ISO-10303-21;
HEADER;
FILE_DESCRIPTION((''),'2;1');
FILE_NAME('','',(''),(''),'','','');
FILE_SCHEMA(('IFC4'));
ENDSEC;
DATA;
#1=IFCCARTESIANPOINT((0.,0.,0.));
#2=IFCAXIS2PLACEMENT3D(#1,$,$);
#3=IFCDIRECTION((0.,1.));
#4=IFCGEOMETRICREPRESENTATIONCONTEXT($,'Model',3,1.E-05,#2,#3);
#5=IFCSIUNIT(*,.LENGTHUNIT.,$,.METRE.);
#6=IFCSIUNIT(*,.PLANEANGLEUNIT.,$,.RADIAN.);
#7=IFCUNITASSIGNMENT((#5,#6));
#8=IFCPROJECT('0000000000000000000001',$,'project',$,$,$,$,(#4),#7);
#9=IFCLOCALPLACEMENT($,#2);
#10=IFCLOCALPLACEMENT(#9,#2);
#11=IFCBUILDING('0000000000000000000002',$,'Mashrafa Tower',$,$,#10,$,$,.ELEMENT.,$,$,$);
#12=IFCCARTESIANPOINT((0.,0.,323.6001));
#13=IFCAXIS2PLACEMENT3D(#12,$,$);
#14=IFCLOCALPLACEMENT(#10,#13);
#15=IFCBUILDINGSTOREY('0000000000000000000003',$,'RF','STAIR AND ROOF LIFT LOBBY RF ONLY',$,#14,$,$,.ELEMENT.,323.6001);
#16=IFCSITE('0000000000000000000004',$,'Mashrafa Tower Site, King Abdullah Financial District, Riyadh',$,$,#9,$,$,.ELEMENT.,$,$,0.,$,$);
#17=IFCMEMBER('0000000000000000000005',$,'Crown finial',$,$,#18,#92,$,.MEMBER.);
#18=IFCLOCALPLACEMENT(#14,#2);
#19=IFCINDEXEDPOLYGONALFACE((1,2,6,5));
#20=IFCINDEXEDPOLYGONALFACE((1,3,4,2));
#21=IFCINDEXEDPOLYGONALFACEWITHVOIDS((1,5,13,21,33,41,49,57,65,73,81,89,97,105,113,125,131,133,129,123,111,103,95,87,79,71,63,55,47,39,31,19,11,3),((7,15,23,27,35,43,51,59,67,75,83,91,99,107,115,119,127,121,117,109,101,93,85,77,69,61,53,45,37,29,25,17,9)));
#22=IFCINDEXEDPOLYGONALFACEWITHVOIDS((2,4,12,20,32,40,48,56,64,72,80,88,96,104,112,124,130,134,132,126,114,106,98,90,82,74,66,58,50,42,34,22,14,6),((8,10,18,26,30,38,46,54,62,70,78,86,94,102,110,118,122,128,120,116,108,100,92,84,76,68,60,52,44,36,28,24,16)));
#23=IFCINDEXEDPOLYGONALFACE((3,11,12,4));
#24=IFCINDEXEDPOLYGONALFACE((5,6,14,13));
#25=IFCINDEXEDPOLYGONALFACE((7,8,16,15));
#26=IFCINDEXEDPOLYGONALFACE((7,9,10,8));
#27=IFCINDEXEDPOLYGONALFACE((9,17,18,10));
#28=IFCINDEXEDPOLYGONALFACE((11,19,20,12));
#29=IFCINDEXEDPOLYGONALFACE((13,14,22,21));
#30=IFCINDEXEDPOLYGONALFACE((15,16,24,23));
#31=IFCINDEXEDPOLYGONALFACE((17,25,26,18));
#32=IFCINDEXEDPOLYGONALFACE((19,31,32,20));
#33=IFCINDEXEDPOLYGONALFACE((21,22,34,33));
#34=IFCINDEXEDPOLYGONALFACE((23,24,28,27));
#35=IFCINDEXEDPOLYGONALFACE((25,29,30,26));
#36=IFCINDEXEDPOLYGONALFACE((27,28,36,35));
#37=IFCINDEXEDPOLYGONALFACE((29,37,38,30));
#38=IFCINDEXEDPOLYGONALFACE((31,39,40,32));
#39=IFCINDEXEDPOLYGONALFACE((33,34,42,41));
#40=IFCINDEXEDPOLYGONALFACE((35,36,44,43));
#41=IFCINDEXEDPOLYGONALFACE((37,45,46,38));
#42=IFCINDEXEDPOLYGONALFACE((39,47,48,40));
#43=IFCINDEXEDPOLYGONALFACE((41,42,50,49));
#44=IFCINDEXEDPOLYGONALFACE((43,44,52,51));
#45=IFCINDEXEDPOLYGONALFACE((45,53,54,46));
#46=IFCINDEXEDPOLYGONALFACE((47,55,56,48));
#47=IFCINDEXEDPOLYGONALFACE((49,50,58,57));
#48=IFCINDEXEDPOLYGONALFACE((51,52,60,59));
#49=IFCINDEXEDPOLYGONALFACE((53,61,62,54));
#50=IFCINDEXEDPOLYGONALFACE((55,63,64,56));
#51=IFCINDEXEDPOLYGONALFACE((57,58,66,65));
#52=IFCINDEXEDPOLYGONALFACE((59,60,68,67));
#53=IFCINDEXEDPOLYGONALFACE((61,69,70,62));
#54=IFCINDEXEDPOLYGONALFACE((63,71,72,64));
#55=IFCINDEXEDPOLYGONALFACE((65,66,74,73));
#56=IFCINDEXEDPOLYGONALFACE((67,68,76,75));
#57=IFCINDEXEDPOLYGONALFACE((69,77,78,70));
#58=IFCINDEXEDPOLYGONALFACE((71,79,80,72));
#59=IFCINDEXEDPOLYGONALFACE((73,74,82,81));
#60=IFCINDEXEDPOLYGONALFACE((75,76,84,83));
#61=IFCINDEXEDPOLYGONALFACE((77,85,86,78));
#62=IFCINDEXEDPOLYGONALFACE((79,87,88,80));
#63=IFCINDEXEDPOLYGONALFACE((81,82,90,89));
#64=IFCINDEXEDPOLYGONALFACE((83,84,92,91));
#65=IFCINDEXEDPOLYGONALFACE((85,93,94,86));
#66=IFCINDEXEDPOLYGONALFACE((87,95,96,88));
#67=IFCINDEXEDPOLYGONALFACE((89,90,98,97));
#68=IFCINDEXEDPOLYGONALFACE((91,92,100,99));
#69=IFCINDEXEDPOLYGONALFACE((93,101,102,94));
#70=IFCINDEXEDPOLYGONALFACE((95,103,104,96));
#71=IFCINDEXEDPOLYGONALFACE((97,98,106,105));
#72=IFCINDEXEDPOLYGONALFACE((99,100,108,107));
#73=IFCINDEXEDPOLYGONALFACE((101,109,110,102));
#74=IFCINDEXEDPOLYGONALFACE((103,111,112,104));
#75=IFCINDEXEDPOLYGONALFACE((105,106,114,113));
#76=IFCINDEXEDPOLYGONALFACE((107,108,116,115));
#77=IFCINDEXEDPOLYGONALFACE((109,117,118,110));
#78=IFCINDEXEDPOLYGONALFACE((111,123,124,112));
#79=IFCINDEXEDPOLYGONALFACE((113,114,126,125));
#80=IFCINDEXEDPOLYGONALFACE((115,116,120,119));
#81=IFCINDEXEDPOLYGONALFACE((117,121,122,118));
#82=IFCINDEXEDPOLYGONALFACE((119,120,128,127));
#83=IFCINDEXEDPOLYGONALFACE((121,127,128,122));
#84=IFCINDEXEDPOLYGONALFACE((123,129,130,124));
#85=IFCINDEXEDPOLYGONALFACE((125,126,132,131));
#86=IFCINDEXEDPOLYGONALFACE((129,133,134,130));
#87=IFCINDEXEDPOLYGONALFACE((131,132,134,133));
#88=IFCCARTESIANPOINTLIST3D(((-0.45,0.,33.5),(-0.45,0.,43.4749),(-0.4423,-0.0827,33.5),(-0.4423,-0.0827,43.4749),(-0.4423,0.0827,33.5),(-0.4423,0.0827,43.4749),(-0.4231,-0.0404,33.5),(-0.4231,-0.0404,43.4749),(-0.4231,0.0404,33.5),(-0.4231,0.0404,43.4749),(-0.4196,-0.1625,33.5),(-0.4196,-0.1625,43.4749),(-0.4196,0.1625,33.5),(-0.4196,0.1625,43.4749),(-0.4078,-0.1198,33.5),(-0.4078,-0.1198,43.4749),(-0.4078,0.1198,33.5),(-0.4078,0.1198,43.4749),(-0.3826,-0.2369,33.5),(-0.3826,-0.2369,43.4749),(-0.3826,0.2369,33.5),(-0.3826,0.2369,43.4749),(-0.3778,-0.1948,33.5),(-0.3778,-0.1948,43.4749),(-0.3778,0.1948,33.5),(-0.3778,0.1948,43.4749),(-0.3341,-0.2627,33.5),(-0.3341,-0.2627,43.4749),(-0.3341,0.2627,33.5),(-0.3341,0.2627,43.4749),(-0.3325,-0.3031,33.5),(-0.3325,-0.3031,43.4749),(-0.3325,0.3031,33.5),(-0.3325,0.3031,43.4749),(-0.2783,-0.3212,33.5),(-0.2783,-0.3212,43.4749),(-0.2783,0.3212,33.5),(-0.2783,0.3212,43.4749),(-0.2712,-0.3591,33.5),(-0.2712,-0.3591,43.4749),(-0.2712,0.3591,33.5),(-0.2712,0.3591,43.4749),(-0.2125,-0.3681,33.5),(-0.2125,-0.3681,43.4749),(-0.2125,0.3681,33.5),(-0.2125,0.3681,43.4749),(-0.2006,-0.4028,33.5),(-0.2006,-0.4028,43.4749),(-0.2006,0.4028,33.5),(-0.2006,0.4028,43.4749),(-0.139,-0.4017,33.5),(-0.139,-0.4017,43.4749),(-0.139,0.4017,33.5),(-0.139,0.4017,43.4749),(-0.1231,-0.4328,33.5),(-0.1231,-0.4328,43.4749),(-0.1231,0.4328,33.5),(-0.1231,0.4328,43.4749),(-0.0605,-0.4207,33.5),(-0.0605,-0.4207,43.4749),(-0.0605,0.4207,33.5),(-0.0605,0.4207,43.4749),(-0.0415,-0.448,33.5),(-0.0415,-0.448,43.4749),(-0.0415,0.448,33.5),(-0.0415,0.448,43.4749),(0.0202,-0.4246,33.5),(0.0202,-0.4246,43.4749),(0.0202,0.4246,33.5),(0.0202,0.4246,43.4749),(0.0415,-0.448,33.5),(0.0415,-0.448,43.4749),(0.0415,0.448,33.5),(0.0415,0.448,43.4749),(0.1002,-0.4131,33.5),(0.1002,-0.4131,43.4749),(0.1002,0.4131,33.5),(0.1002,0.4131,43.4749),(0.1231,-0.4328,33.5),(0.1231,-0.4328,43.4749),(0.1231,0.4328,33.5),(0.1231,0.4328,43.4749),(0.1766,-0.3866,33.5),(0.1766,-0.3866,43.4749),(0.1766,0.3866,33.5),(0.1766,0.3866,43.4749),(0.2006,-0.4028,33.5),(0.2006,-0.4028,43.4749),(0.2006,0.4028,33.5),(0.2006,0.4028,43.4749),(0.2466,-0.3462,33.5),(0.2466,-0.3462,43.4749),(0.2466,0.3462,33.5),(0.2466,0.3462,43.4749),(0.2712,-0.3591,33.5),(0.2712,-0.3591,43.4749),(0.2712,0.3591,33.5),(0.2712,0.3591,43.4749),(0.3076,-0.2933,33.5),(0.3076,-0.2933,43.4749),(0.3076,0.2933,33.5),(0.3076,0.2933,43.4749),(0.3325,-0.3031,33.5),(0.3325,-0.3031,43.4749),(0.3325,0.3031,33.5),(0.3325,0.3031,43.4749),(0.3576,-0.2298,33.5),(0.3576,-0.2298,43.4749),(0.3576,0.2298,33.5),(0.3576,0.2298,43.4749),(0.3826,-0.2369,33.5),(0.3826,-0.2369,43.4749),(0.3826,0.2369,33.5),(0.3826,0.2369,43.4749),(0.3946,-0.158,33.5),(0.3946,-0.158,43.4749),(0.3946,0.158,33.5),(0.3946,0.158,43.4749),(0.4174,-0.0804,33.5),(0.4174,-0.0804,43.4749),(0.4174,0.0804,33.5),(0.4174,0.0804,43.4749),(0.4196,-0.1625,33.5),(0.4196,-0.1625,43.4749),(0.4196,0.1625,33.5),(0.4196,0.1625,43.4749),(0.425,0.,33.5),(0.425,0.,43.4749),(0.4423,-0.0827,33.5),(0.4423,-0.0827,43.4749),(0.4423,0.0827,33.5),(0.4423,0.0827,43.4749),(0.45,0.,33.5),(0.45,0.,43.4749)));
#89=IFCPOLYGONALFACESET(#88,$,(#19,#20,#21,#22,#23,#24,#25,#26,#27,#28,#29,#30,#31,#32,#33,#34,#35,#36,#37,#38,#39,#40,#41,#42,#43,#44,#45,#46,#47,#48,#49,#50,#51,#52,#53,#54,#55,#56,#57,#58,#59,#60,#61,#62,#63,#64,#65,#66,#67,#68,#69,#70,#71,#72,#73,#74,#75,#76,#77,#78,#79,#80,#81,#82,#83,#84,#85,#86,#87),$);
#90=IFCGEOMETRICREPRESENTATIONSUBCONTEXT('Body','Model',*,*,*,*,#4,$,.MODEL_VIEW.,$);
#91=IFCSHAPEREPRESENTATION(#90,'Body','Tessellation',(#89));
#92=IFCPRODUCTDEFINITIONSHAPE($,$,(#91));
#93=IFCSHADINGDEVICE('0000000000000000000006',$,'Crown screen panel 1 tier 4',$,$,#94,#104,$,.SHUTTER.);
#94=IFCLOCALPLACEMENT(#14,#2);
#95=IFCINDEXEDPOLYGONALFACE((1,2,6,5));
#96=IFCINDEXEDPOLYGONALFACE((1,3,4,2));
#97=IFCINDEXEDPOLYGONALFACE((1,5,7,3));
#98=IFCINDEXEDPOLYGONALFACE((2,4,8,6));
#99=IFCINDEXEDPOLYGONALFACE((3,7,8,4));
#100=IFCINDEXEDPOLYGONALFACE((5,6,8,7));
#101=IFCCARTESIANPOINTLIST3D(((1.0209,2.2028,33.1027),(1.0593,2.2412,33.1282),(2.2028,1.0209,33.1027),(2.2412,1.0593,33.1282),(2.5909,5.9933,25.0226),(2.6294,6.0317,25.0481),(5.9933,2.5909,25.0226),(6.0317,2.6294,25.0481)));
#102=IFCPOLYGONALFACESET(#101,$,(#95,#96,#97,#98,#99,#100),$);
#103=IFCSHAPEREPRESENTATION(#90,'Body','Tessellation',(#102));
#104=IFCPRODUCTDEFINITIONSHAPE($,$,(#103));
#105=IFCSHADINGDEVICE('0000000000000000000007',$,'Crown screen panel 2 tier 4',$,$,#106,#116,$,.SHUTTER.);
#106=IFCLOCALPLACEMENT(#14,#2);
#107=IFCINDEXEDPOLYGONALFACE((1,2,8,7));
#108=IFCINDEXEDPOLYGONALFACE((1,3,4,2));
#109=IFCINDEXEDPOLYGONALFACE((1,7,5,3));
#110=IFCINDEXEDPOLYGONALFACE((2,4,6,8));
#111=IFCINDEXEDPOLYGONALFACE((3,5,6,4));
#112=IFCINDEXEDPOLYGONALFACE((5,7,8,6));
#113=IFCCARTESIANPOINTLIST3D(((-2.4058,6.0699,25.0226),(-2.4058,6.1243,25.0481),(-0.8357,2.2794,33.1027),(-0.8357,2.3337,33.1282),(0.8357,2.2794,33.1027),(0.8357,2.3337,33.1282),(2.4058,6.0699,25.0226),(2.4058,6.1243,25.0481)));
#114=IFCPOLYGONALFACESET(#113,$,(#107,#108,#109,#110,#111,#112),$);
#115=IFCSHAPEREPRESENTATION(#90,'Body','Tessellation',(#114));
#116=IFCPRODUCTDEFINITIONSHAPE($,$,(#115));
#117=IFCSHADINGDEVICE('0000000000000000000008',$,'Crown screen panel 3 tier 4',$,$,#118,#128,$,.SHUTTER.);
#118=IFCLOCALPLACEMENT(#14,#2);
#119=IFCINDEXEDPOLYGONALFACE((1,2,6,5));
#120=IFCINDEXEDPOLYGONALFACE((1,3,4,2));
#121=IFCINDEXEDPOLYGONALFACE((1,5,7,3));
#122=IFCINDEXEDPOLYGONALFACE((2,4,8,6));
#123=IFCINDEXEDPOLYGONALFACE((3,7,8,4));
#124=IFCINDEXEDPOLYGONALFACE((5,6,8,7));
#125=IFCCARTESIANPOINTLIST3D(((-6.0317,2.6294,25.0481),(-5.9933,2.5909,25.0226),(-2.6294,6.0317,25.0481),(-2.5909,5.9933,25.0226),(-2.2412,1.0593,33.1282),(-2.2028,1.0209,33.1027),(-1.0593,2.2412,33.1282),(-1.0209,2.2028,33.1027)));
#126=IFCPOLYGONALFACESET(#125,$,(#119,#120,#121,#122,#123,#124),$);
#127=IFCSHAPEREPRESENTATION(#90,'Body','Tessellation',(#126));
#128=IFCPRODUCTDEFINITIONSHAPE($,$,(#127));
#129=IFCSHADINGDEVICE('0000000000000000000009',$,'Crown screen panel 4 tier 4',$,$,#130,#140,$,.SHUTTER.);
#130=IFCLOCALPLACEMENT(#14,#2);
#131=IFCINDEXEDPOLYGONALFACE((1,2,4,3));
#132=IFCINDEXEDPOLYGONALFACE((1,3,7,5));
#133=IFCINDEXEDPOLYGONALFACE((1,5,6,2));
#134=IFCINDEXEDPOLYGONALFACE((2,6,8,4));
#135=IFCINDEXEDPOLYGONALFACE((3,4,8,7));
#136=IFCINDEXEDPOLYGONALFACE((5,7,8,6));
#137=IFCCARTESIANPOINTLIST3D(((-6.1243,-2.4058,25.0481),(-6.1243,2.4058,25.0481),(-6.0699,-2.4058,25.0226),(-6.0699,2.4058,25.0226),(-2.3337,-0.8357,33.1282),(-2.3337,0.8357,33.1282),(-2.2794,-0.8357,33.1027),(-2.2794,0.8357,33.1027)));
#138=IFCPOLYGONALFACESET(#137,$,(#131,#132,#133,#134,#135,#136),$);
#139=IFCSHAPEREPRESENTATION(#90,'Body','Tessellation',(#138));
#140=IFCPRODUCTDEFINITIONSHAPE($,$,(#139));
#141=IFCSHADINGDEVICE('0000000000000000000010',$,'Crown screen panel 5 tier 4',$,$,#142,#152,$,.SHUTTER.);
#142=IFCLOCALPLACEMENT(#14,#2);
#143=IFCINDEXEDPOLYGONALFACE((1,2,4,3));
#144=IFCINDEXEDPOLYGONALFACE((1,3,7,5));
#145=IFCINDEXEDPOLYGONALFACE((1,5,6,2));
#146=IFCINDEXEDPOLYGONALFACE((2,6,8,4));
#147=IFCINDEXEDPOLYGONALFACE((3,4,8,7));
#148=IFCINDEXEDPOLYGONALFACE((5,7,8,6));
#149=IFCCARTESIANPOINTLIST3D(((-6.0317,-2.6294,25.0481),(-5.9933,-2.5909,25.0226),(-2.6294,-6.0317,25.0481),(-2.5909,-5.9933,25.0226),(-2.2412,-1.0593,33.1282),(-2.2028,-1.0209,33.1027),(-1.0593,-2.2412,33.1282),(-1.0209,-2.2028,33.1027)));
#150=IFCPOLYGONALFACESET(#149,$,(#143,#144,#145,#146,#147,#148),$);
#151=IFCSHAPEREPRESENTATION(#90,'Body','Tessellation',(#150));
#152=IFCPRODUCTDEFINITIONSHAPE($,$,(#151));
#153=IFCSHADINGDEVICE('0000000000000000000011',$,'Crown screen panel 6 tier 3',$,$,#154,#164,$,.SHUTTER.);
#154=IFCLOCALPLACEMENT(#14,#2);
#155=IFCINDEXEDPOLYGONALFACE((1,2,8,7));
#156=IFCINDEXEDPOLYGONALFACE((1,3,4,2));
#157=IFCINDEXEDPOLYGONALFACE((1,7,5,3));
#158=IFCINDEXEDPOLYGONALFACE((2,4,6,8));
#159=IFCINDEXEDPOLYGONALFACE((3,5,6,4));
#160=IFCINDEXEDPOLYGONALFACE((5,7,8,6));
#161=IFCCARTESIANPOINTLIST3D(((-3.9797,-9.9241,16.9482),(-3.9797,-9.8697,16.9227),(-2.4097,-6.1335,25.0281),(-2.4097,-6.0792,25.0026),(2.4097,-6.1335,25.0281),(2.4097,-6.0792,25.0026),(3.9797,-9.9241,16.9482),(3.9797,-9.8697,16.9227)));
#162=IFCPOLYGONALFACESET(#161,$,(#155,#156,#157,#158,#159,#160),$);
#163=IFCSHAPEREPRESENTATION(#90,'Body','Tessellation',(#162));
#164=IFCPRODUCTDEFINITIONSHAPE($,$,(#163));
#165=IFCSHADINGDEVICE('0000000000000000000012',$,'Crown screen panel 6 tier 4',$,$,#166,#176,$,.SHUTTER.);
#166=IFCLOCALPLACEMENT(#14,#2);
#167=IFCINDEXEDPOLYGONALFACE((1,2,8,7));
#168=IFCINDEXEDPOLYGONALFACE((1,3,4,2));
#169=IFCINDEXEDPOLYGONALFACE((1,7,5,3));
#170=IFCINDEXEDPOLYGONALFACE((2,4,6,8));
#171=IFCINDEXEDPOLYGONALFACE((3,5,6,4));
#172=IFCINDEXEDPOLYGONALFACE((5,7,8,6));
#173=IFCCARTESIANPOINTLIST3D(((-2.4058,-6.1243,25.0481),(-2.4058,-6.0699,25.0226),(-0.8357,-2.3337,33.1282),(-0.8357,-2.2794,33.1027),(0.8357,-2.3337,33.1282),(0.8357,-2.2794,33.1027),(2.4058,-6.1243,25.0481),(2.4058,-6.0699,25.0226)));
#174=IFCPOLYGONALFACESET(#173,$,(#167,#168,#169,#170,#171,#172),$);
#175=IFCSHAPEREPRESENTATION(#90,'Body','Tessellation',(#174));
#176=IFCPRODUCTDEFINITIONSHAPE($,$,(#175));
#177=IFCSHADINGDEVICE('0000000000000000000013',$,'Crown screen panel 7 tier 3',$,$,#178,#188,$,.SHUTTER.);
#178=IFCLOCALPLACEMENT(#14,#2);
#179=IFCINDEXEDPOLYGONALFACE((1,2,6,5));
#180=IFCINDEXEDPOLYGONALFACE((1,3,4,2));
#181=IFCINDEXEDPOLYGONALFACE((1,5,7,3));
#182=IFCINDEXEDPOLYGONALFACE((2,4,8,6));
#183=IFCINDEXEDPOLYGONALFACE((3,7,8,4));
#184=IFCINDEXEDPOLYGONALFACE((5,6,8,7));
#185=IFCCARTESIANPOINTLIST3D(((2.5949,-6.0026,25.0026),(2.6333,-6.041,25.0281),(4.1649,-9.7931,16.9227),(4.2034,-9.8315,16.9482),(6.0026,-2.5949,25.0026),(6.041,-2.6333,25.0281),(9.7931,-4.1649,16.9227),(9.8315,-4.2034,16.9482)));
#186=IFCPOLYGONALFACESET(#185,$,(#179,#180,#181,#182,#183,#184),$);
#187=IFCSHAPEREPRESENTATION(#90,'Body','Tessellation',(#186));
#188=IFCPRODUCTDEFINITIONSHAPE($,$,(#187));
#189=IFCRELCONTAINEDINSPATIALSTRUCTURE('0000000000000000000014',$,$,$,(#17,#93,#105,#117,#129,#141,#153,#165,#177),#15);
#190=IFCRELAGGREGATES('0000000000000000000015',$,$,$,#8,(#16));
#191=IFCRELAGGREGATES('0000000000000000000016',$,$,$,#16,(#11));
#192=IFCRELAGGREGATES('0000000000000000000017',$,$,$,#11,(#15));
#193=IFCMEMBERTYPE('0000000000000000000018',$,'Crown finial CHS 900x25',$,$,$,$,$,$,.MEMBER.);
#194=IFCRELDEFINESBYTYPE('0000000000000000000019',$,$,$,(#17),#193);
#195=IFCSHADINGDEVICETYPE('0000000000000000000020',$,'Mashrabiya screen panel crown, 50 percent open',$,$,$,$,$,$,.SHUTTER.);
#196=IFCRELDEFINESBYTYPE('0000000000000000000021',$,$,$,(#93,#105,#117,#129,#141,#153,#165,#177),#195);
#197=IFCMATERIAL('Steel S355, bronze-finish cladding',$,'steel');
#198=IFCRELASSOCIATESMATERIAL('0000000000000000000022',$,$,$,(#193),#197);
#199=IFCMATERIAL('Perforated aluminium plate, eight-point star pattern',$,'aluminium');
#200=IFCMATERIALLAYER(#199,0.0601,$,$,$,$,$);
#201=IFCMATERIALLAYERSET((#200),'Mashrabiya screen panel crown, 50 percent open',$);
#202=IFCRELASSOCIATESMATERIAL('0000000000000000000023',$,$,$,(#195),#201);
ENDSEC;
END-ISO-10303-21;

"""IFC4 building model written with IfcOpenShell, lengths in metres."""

from ifc_helpers import new_model, si_unit, direction, frame, origin, origin_2d, place, context, subcontext, project, spatial, polyline, hollow_circle, outline, extrude, source, transform, mapped, material, layer, layer_set, material_profile, profile_set, type_object, type_shapes, element, save


model = new_model("IFC4")

# Units and contexts
model_context = context("Model", 3, precision=1e-05, world=origin(), true_north=direction((0.0, 1.0)))
body_context = subcontext(model_context, "Body", "Model", "MODEL_VIEW")
ifc_project = project(units=[si_unit("LENGTHUNIT", "METRE"), si_unit("PLANEANGLEUNIT", "RADIAN")], contexts=[model_context])

# Site, building, storey
site_placement = place(None, origin())
site = spatial("IfcSite", under=ifc_project, at=site_placement, Name="Mashrafa Tower Site, King Abdullah Financial District, Riyadh", CompositionType="ELEMENT", RefElevation=0.0)
building_placement = place(site_placement, origin())
building = spatial("IfcBuilding", under=site, at=building_placement, Name="Mashrafa Tower", CompositionType="ELEMENT")
storey_placement = place(building_placement, frame((0.0, 0.0, 323.6001)))
storey = spatial("IfcBuildingStorey", under=building, at=storey_placement, Name="RF", Description="STAIR AND ROOF LIFT LOBBY RF ONLY", CompositionType="ELEMENT", Elevation=323.6001)

# Member
ifc_material_1 = material(Name="Steel S355, bronze-finish cladding", Category="steel")
ifc_material_profile_1 = material_profile(ifc_material_1, hollow_circle(Radius=0.45, WallThickness=0.0249, at=origin_2d()), Name="CHS 900x25")
ifc_profile_set_1 = profile_set([ifc_material_profile_1], Name="Steel S355, bronze-finish cladding")
member_type = type_object("IfcMemberType", Name="Crown finial CHS 900x25", PredefinedType="MEMBER", material=ifc_profile_set_1)
shared_shape = source(origin(), body_context, "Body", "SweptSolid", [
    extrude(hollow_circle(Radius=0.45, WallThickness=0.0249, at=origin_2d()), origin(), (0.0, 0.0, 1.0), 9.9749),
])
type_shapes(member_type, [shared_shape])
member_placement = place(storey_placement, frame((0.0, 0.0, 33.5), z_axis=(0.0, 0.0, 1.0), x_axis=(1.0, 0.0, 0.0)))
element("IfcMember", 1, at=member_placement, inside=storey, type_object=member_type, Name="Crown finial", PredefinedType="MEMBER", context=body_context, shape_type="MappedRepresentation", body=[
    mapped(shared_shape, transform((0.0, 0.0, 0.0))),
])

# Shading devices
ifc_material_2 = material(Name="Perforated aluminium plate, eight-point star pattern", Category="aluminium")
ifc_layer = layer(ifc_material_2, 0.0601)
ifc_layer_set = layer_set([ifc_layer], Name="Mashrabiya screen panel crown, 50 percent open")
shading_device_type = type_object("IfcShadingDeviceType", Name="Mashrabiya screen panel crown, 50 percent open", PredefinedType="SHUTTER", material=ifc_layer_set)
shading_device_1_placement = place(storey_placement, frame((6.0317, 2.6294, 25.0481), z_axis=(0.640165, 0.640165, 0.424707), x_axis=(-0.707107, 0.707107, 0.0)))
element("IfcShadingDevice", 2, at=shading_device_1_placement, inside=storey, type_object=shading_device_type, Name="Crown screen panel 1 tier 4", PredefinedType="SHUTTER", context=body_context, shape_type="SweptSolid", body=[
    extrude(outline(polyline([(0.0, 0.0), (4.8116, 0.0), (3.2415, 8.925), (1.5701, 8.925), (0.0, 0.0)])), origin(), (0.0, 0.0, -1.0), 0.0601),
])
shading_device_2_placement = place(storey_placement, frame((2.4058, 6.1243, 25.0481), z_axis=(0.0, 0.90533, 0.424709), x_axis=(-1.0, 0.0, 0.0)))
element("IfcShadingDevice", 3, at=shading_device_2_placement, inside=storey, type_object=shading_device_type, Name="Crown screen panel 2 tier 4", PredefinedType="SHUTTER", context=body_context, shape_type="SweptSolid", body=[
    extrude(outline(polyline([(0.0, 0.0), (4.8115, 0.0), (3.2415, 8.925), (1.5701, 8.925), (0.0, 0.0)])), origin(), (0.0, 0.0, -1.0), 0.0601),
])
shading_device_3_placement = place(storey_placement, frame((-2.6294, 6.0317, 25.0481), z_axis=(-0.640165, 0.640165, 0.424707), x_axis=(-0.707107, -0.707107, 0.0)))
element("IfcShadingDevice", 4, at=shading_device_3_placement, inside=storey, type_object=shading_device_type, Name="Crown screen panel 3 tier 4", PredefinedType="SHUTTER", context=body_context, shape_type="SweptSolid", body=[
    extrude(outline(polyline([(0.0, 0.0), (4.8116, 0.0), (3.2415, 8.925), (1.5701, 8.925), (0.0, 0.0)])), origin(), (0.0, 0.0, -1.0), 0.0601),
])
shading_device_4_placement = place(storey_placement, frame((-6.1243, 2.4058, 25.0481), z_axis=(-0.90533, 0.0, 0.424709), x_axis=(0.0, -1.0, 0.0)))
element("IfcShadingDevice", 5, at=shading_device_4_placement, inside=storey, type_object=shading_device_type, Name="Crown screen panel 4 tier 4", PredefinedType="SHUTTER", context=body_context, shape_type="SweptSolid", body=[
    extrude(outline(polyline([(0.0, 0.0), (4.8115, 0.0), (3.2415, 8.925), (1.5701, 8.925), (0.0, 0.0)])), origin(), (0.0, 0.0, -1.0), 0.0601),
])
shading_device_5_placement = place(storey_placement, frame((-6.0317, -2.6294, 25.0481), z_axis=(-0.640165, -0.640165, 0.424707), x_axis=(0.707107, -0.707107, 0.0)))
element("IfcShadingDevice", 6, at=shading_device_5_placement, inside=storey, type_object=shading_device_type, Name="Crown screen panel 5 tier 4", PredefinedType="SHUTTER", context=body_context, shape_type="SweptSolid", body=[
    extrude(outline(polyline([(0.0, 0.0), (4.8116, 0.0), (3.2415, 8.925), (1.5701, 8.925), (0.0, 0.0)])), origin(), (0.0, 0.0, -1.0), 0.0601),
])
shading_device_6_placement = place(storey_placement, frame((-3.9797, -9.9241, 16.9482), z_axis=(0.0, -0.905325, 0.424719), x_axis=(1.0, 0.0, 0.0)))
element("IfcShadingDevice", 7, at=shading_device_6_placement, inside=storey, type_object=shading_device_type, Name="Crown screen panel 6 tier 3", PredefinedType="SHUTTER", context=body_context, shape_type="SweptSolid", body=[
    extrude(outline(polyline([(0.0, 0.0), (7.9595, 0.0), (6.3894, 8.9248), (1.5701, 8.9248), (0.0, 0.0)])), origin(), (0.0, 0.0, -1.0), 0.0601),
])
shading_device_7_placement = place(storey_placement, frame((-2.4058, -6.1243, 25.0481), z_axis=(0.0, -0.90533, 0.424709), x_axis=(1.0, 0.0, 0.0)))
element("IfcShadingDevice", 8, at=shading_device_7_placement, inside=storey, type_object=shading_device_type, Name="Crown screen panel 6 tier 4", PredefinedType="SHUTTER", context=body_context, shape_type="SweptSolid", body=[
    extrude(outline(polyline([(0.0, 0.0), (4.8115, 0.0), (3.2415, 8.925), (1.5701, 8.925), (0.0, 0.0)])), origin(), (0.0, 0.0, -1.0), 0.0601),
])
shading_device_8_placement = place(storey_placement, frame((4.2034, -9.8315, 16.9482), z_axis=(0.640162, -0.640162, 0.424718), x_axis=(0.707107, 0.707107, 0.0)))
element("IfcShadingDevice", 9, at=shading_device_8_placement, inside=storey, type_object=shading_device_type, Name="Crown screen panel 7 tier 3", PredefinedType="SHUTTER", context=body_context, shape_type="SweptSolid", body=[
    extrude(outline(polyline([(0.0, 0.0), (7.9594, 0.0), (6.3893, 8.9248), (1.5701, 8.9248), (0.0, 0.0)])), origin(), (0.0, 0.0, -1.0), 0.0601),
])

save(model, "model.ifc")
